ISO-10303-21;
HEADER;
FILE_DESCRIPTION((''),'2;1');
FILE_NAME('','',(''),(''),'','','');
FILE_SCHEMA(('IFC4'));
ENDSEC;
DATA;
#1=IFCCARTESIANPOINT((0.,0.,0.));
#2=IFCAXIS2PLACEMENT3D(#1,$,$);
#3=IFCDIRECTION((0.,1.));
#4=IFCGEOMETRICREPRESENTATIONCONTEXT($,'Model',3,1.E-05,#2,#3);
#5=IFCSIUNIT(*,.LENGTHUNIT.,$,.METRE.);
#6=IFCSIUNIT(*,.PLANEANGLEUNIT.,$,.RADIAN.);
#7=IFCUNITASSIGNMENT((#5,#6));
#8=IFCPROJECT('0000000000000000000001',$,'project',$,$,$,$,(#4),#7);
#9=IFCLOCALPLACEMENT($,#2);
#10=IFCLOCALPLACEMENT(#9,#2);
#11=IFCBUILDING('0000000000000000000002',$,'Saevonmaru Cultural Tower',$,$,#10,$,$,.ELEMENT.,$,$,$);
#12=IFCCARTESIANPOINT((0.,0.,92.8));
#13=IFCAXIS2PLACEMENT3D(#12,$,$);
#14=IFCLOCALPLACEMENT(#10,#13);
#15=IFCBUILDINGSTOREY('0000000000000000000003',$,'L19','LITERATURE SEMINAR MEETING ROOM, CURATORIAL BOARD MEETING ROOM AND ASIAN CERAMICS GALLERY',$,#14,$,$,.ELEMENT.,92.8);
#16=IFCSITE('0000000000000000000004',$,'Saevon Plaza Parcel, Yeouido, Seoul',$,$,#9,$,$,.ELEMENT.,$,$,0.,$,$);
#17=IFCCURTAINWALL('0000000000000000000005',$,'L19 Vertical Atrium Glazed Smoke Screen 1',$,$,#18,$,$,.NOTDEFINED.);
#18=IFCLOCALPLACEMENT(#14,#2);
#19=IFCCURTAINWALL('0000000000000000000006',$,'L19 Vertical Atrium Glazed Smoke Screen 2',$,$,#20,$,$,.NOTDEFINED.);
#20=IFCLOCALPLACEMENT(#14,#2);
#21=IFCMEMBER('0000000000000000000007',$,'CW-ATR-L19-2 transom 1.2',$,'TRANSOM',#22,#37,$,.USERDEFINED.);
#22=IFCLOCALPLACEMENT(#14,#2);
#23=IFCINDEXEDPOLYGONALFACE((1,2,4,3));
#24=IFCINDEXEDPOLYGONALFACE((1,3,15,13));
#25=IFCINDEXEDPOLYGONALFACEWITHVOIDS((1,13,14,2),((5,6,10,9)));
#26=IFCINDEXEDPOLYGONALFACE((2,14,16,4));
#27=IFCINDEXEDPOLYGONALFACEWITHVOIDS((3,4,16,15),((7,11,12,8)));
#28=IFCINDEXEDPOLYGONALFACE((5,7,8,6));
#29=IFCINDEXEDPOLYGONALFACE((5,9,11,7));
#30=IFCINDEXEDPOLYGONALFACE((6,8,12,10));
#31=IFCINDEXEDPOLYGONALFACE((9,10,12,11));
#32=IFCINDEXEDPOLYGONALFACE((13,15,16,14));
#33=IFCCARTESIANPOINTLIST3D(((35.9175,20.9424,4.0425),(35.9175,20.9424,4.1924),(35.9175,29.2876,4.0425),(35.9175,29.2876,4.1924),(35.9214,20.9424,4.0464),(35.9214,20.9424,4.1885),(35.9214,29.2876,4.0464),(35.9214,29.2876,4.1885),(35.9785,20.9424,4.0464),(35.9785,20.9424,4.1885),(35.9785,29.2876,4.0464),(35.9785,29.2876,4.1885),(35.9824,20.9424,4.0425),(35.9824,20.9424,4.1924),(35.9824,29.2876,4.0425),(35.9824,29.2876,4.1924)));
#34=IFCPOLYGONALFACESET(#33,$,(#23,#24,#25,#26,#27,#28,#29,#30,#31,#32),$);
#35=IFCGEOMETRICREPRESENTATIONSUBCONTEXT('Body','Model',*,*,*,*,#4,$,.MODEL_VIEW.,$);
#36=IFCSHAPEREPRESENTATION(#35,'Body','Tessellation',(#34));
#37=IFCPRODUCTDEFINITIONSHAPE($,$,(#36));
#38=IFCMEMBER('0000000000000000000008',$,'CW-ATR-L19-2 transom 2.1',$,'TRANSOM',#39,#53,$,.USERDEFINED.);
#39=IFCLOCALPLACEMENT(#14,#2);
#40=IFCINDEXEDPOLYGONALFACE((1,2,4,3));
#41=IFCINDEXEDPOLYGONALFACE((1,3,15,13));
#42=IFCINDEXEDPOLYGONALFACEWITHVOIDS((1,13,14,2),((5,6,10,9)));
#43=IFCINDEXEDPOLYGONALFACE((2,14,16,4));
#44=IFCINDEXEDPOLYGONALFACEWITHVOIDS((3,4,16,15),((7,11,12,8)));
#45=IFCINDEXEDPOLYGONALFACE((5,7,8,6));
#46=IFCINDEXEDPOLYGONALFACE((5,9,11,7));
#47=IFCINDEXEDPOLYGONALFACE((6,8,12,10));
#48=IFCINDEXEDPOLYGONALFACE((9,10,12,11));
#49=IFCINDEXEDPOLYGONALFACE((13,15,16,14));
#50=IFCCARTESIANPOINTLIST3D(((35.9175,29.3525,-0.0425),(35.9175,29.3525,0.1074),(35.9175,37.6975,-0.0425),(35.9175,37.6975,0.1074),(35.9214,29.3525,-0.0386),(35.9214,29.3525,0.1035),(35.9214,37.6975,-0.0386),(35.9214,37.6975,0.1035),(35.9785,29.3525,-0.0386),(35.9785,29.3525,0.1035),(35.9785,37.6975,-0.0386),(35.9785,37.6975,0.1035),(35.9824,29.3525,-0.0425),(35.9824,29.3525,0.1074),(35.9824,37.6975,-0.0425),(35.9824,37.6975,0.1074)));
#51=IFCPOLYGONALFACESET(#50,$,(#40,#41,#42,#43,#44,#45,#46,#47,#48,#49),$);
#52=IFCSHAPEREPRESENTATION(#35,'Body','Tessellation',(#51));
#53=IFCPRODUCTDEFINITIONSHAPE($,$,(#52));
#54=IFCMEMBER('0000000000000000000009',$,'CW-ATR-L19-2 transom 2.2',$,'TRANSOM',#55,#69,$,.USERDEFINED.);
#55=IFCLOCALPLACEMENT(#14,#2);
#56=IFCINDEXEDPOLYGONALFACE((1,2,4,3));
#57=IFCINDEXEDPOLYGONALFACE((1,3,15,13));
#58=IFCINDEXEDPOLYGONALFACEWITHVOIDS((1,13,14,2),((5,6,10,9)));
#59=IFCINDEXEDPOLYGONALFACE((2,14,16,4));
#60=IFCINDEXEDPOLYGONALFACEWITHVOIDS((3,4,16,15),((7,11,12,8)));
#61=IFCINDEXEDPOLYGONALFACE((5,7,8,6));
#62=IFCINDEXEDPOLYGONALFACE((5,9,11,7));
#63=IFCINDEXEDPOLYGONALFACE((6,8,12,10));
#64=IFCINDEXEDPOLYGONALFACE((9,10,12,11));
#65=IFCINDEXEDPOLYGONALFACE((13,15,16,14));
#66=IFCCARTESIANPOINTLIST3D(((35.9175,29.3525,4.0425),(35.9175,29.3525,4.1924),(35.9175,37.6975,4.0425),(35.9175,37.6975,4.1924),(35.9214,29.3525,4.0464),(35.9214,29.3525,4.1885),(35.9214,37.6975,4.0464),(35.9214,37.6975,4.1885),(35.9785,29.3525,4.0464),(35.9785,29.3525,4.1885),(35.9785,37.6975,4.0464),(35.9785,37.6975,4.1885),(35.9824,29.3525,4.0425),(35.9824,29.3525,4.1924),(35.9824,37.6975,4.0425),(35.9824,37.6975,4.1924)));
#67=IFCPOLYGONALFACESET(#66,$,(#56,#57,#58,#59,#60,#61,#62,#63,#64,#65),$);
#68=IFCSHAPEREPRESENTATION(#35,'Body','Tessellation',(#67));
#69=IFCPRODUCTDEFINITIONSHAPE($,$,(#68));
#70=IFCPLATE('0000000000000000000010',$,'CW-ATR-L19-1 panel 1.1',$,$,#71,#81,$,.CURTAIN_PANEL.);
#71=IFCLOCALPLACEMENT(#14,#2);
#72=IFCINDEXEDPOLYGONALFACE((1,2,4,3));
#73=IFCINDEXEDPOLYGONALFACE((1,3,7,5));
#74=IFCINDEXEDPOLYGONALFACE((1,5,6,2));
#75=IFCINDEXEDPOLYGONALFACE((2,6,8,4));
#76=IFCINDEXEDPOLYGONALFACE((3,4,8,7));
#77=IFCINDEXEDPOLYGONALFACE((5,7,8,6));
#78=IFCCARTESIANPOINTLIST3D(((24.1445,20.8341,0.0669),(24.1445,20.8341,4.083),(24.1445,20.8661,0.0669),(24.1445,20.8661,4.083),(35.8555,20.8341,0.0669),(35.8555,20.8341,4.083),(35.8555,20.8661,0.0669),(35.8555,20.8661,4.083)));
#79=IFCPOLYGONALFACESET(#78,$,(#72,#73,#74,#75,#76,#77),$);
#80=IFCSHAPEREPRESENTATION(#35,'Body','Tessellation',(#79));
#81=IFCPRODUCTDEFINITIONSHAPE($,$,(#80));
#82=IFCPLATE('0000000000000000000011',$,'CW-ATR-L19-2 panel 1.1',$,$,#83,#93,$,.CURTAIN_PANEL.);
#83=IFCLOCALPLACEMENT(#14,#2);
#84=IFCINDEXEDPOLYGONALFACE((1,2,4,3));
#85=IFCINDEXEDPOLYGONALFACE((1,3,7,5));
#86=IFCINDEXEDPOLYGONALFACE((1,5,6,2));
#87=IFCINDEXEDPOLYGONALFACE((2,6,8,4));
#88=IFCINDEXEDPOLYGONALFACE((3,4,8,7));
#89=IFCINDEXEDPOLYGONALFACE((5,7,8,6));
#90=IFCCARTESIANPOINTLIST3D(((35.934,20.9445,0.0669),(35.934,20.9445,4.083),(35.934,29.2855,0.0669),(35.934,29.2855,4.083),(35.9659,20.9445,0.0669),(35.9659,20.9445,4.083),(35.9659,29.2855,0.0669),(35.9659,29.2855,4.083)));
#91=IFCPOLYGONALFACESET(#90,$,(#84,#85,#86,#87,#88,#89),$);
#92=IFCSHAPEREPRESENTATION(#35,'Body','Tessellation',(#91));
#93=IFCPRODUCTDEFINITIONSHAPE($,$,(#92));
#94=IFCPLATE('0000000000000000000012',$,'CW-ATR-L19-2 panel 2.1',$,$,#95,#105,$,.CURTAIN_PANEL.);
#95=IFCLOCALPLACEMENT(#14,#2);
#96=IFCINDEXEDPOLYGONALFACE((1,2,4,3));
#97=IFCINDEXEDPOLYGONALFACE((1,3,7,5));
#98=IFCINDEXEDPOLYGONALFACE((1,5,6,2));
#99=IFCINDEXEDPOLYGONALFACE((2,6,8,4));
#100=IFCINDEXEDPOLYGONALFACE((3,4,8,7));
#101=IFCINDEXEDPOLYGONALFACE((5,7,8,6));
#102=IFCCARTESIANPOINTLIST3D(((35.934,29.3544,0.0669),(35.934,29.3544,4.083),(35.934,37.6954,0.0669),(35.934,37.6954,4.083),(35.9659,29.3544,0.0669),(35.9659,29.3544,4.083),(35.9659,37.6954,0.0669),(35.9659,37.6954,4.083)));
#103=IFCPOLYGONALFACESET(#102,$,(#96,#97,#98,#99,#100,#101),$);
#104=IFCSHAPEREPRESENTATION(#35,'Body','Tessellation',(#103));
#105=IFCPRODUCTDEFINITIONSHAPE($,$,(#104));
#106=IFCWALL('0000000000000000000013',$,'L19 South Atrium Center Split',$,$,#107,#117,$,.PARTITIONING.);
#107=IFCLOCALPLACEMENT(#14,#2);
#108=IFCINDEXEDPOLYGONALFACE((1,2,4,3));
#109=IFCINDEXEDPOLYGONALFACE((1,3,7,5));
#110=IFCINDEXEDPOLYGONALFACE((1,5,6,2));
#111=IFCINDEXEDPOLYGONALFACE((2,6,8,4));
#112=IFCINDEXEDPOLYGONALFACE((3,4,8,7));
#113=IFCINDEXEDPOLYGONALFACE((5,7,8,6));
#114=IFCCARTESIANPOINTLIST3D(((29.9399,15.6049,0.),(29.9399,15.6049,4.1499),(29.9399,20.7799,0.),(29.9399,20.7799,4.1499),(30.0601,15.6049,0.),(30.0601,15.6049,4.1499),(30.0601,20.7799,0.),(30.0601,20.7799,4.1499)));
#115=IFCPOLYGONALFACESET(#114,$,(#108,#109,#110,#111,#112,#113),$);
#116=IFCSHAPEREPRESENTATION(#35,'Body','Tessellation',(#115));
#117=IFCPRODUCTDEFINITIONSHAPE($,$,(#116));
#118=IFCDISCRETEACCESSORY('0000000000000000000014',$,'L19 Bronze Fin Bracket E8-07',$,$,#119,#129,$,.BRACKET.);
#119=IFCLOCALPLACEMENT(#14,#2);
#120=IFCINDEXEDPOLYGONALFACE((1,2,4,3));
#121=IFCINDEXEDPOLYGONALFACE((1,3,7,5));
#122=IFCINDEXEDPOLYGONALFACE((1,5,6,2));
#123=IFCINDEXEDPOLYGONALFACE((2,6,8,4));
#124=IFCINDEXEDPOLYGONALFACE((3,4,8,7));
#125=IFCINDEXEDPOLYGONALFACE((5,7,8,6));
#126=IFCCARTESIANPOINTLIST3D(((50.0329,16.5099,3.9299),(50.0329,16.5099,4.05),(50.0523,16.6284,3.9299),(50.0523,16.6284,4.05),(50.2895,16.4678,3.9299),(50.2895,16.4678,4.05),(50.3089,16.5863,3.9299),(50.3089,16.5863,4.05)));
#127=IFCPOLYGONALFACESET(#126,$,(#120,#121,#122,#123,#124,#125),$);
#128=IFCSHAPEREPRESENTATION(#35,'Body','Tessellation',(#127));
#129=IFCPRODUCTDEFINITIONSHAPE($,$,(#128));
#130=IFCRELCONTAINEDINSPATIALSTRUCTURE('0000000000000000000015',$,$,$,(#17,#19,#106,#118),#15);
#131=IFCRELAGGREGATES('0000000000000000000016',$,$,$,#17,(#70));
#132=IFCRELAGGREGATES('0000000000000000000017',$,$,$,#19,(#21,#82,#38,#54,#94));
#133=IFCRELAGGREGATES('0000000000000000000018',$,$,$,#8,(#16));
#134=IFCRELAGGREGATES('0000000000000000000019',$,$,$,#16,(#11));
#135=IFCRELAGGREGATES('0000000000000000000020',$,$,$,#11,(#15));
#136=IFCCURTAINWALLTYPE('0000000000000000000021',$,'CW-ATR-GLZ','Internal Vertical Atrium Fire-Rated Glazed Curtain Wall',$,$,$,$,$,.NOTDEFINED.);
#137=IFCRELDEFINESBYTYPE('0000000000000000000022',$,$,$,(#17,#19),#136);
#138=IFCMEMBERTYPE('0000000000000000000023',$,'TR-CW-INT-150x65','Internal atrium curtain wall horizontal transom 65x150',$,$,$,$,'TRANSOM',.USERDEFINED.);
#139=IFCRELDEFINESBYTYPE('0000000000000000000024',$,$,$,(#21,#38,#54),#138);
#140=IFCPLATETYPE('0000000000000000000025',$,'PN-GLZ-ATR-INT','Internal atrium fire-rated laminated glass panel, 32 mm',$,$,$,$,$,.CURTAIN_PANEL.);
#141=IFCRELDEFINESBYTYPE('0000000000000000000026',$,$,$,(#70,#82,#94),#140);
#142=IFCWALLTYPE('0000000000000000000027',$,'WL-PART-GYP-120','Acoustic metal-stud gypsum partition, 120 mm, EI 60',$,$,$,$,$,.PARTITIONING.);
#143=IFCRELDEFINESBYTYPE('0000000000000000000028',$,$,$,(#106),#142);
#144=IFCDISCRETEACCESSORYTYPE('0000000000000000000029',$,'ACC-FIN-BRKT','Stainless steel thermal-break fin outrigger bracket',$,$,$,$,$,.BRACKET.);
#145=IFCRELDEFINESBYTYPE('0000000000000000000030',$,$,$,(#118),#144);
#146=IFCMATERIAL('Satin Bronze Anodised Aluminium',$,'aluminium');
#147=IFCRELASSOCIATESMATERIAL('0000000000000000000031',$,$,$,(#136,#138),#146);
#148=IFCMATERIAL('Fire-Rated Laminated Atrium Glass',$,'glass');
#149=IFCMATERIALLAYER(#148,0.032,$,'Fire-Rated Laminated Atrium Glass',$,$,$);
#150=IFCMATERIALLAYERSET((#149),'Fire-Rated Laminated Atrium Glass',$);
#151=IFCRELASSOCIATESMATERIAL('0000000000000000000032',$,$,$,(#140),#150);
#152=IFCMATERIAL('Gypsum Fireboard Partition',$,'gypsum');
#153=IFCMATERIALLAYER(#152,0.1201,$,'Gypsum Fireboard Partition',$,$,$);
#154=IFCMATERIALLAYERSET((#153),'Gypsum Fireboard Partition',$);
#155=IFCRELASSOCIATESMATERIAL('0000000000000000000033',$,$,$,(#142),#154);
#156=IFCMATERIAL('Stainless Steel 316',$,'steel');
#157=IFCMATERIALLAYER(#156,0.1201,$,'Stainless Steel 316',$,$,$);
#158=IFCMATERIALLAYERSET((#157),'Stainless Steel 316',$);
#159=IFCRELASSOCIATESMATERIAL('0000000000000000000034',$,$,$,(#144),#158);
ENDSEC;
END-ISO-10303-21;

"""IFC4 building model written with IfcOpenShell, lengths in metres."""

from ifc_helpers import new_model, si_unit, direction, frame, frame_2d, origin, origin_2d, place, context, subcontext, project, spatial, rectangle, hollow_rectangle, extrude, material, layer, layer_set, material_profile, profile_set, type_object, element, aggregate, save


model = new_model("IFC4")

# Units and contexts
model_context = context("Model", 3, precision=1e-05, world=origin(), true_north=direction((0.0, 1.0)))
body_context = subcontext(model_context, "Body", "Model", "MODEL_VIEW")
ifc_project = project(units=[si_unit("LENGTHUNIT", "METRE"), si_unit("PLANEANGLEUNIT", "RADIAN")], contexts=[model_context])

# Site, building, storey
site_placement = place(None, origin())
site = spatial("IfcSite", under=ifc_project, at=site_placement, Name="Saevon Plaza Parcel, Yeouido, Seoul", CompositionType="ELEMENT", RefElevation=0.0)
building_placement = place(site_placement, origin())
building = spatial("IfcBuilding", under=site, at=building_placement, Name="Saevonmaru Cultural Tower", CompositionType="ELEMENT")
storey_placement = place(building_placement, frame((0.0, 0.0, 92.8)))
storey = spatial("IfcBuildingStorey", under=building, at=storey_placement, Name="L19", Description="LITERATURE SEMINAR MEETING ROOM, CURATORIAL BOARD MEETING ROOM AND ASIAN CERAMICS GALLERY", CompositionType="ELEMENT", Elevation=92.8)

# Curtain wall
ifc_material_1 = material(Name="Satin Bronze Anodised Aluminium", Category="aluminium")
curtain_wall_type_1 = type_object("IfcCurtainWallType", Name="CW-ATR-GLZ", Description="Internal Vertical Atrium Fire-Rated Glazed Curtain Wall", PredefinedType="NOTDEFINED", material=ifc_material_1)
curtain_wall_1_placement = place(storey_placement, origin())
curtain_wall_1 = element("IfcCurtainWall", 1, at=curtain_wall_1_placement, inside=storey, type_object=curtain_wall_type_1, Name="L19 Vertical Atrium Glazed Smoke Screen 1", PredefinedType="NOTDEFINED")

# Curtain wall
curtain_wall_2_placement = place(storey_placement, origin())
curtain_wall_2 = element("IfcCurtainWall", 2, at=curtain_wall_2_placement, inside=storey, type_object=curtain_wall_type_1, Name="L19 Vertical Atrium Glazed Smoke Screen 2", PredefinedType="NOTDEFINED")

# Members
ifc_material_profile_1 = material_profile(ifc_material_1, hollow_rectangle(XDim=0.0649, YDim=0.1499, WallThickness=0.0039, at=origin_2d()), Name="ALU-TRAN-150x65x4")
ifc_profile_set_1 = profile_set([ifc_material_profile_1], Name="Satin Bronze Anodised Aluminium")
member_type_1 = type_object("IfcMemberType", Name="TR-CW-INT-150x65", Description="Internal atrium curtain wall horizontal transom 65x150", ElementType="TRANSOM", PredefinedType="USERDEFINED", material=ifc_profile_set_1)
member_1_placement = place(storey_placement, frame((35.95, 20.9424, 4.1174), z_axis=(0.0, 1.0, 0.0), x_axis=(-1.0, 0.0, 0.0)))
member_1 = element("IfcMember", 3, at=member_1_placement, type_object=member_type_1, Name="CW-ATR-L19-2 transom 1.2", ObjectType="TRANSOM", PredefinedType="USERDEFINED", context=body_context, shape_type="SweptSolid", body=[
    extrude(hollow_rectangle(XDim=0.0649, YDim=0.1499, WallThickness=0.0039, at=origin_2d()), origin(), (0.0, 0.0, 1.0), 8.3452),
])
member_2_placement = place(storey_placement, frame((35.95, 29.3525, 0.0325), z_axis=(0.0, 1.0, 0.0), x_axis=(-1.0, 0.0, 0.0)))
member_2 = element("IfcMember", 4, at=member_2_placement, type_object=member_type_1, Name="CW-ATR-L19-2 transom 2.1", ObjectType="TRANSOM", PredefinedType="USERDEFINED", context=body_context, shape_type="SweptSolid", body=[
    extrude(hollow_rectangle(XDim=0.0649, YDim=0.1499, WallThickness=0.0039, at=origin_2d()), origin(), (0.0, 0.0, 1.0), 8.345),
])
member_3_placement = place(storey_placement, frame((35.95, 29.3525, 4.1174), z_axis=(0.0, 1.0, 0.0), x_axis=(-1.0, 0.0, 0.0)))
member_3 = element("IfcMember", 5, at=member_3_placement, type_object=member_type_1, Name="CW-ATR-L19-2 transom 2.2", ObjectType="TRANSOM", PredefinedType="USERDEFINED", context=body_context, shape_type="SweptSolid", body=[
    extrude(hollow_rectangle(XDim=0.0649, YDim=0.1499, WallThickness=0.0039, at=origin_2d()), origin(), (0.0, 0.0, 1.0), 8.345),
])

# Plates
ifc_material_2 = material(Name="Fire-Rated Laminated Atrium Glass", Category="glass")
ifc_layer_1 = layer(ifc_material_2, 0.032, Name="Fire-Rated Laminated Atrium Glass")
ifc_layer_set_1 = layer_set([ifc_layer_1], Name="Fire-Rated Laminated Atrium Glass")
plate_type = type_object("IfcPlateType", Name="PN-GLZ-ATR-INT", Description="Internal atrium fire-rated laminated glass panel, 32 mm", PredefinedType="CURTAIN_PANEL", material=ifc_layer_set_1)
plate_1_placement = place(storey_placement, frame((30.0, 20.8501, 0.0669), z_axis=(0.0, 0.0, 1.0), x_axis=(1.0, 0.0, 0.0)))
plate_1 = element("IfcPlate", 6, at=plate_1_placement, type_object=plate_type, Name="CW-ATR-L19-1 panel 1.1", PredefinedType="CURTAIN_PANEL", context=body_context, shape_type="SweptSolid", body=[
    extrude(rectangle(XDim=11.7109, YDim=0.032, at=origin_2d()), origin(), (0.0, 0.0, 1.0), 4.0161),
])
aggregate(curtain_wall_1, [plate_1])
plate_2_placement = place(storey_placement, frame((35.95, 25.115, 0.0669), z_axis=(0.0, 0.0, 1.0), x_axis=(0.0, 1.0, 0.0)))
plate_2 = element("IfcPlate", 7, at=plate_2_placement, type_object=plate_type, Name="CW-ATR-L19-2 panel 1.1", PredefinedType="CURTAIN_PANEL", context=body_context, shape_type="SweptSolid", body=[
    extrude(rectangle(XDim=8.3411, YDim=0.032, at=origin_2d()), origin(), (0.0, 0.0, 1.0), 4.0161),
])
plate_3_placement = place(storey_placement, frame((35.95, 33.5249, 0.0669), z_axis=(0.0, 0.0, 1.0), x_axis=(0.0, 1.0, 0.0)))
plate_3 = element("IfcPlate", 8, at=plate_3_placement, type_object=plate_type, Name="CW-ATR-L19-2 panel 2.1", PredefinedType="CURTAIN_PANEL", context=body_context, shape_type="SweptSolid", body=[
    extrude(rectangle(XDim=8.3411, YDim=0.032, at=origin_2d()), origin(), (0.0, 0.0, 1.0), 4.0161),
])
aggregate(curtain_wall_2, [member_1, plate_2, member_2, member_3, plate_3])

# Wall
ifc_material_3 = material(Name="Gypsum Fireboard Partition", Category="gypsum")
ifc_layer_2 = layer(ifc_material_3, 0.1201, Name="Gypsum Fireboard Partition")
ifc_layer_set_2 = layer_set([ifc_layer_2], Name="Gypsum Fireboard Partition")
wall_type = type_object("IfcWallType", Name="WL-PART-GYP-120", Description="Acoustic metal-stud gypsum partition, 120 mm, EI 60", PredefinedType="PARTITIONING", material=ifc_layer_set_2)
wall_placement = place(storey_placement, frame((30.0, 15.605, 0.0), z_axis=(0.0, 0.0, 1.0), x_axis=(0.0, 1.0, 0.0)))
element("IfcWall", 9, at=wall_placement, inside=storey, type_object=wall_type, Name="L19 South Atrium Center Split", PredefinedType="PARTITIONING", context=body_context, shape_type="SweptSolid", body=[
    extrude(rectangle(XDim=5.175, YDim=0.1201, at=frame_2d((2.5874, 0.0))), origin(), (0.0, 0.0, 1.0), 4.1499),
])

# Discrete accessory
ifc_material_4 = material(Name="Stainless Steel 316", Category="steel")
ifc_layer_3 = layer(ifc_material_4, 0.1201, Name="Stainless Steel 316")
ifc_layer_set_3 = layer_set([ifc_layer_3], Name="Stainless Steel 316")
discrete_accessory_type = type_object("IfcDiscreteAccessoryType", Name="ACC-FIN-BRKT", Description="Stainless steel thermal-break fin outrigger bracket", PredefinedType="BRACKET", material=ifc_layer_set_3)
discrete_accessory_placement = place(storey_placement, frame((50.1709, 16.5481, 3.9299), z_axis=(0.0, 0.0, 1.0), x_axis=(0.986827, -0.161776, 0.0)))
element("IfcDiscreteAccessory", 10, at=discrete_accessory_placement, inside=storey, type_object=discrete_accessory_type, Name="L19 Bronze Fin Bracket E8-07", PredefinedType="BRACKET", context=body_context, shape_type="SweptSolid", body=[
    extrude(rectangle(XDim=0.26, YDim=0.1201, at=origin_2d()), origin(), (0.0, 0.0, 1.0), 0.1201),
])

save(model, "model.ifc")
